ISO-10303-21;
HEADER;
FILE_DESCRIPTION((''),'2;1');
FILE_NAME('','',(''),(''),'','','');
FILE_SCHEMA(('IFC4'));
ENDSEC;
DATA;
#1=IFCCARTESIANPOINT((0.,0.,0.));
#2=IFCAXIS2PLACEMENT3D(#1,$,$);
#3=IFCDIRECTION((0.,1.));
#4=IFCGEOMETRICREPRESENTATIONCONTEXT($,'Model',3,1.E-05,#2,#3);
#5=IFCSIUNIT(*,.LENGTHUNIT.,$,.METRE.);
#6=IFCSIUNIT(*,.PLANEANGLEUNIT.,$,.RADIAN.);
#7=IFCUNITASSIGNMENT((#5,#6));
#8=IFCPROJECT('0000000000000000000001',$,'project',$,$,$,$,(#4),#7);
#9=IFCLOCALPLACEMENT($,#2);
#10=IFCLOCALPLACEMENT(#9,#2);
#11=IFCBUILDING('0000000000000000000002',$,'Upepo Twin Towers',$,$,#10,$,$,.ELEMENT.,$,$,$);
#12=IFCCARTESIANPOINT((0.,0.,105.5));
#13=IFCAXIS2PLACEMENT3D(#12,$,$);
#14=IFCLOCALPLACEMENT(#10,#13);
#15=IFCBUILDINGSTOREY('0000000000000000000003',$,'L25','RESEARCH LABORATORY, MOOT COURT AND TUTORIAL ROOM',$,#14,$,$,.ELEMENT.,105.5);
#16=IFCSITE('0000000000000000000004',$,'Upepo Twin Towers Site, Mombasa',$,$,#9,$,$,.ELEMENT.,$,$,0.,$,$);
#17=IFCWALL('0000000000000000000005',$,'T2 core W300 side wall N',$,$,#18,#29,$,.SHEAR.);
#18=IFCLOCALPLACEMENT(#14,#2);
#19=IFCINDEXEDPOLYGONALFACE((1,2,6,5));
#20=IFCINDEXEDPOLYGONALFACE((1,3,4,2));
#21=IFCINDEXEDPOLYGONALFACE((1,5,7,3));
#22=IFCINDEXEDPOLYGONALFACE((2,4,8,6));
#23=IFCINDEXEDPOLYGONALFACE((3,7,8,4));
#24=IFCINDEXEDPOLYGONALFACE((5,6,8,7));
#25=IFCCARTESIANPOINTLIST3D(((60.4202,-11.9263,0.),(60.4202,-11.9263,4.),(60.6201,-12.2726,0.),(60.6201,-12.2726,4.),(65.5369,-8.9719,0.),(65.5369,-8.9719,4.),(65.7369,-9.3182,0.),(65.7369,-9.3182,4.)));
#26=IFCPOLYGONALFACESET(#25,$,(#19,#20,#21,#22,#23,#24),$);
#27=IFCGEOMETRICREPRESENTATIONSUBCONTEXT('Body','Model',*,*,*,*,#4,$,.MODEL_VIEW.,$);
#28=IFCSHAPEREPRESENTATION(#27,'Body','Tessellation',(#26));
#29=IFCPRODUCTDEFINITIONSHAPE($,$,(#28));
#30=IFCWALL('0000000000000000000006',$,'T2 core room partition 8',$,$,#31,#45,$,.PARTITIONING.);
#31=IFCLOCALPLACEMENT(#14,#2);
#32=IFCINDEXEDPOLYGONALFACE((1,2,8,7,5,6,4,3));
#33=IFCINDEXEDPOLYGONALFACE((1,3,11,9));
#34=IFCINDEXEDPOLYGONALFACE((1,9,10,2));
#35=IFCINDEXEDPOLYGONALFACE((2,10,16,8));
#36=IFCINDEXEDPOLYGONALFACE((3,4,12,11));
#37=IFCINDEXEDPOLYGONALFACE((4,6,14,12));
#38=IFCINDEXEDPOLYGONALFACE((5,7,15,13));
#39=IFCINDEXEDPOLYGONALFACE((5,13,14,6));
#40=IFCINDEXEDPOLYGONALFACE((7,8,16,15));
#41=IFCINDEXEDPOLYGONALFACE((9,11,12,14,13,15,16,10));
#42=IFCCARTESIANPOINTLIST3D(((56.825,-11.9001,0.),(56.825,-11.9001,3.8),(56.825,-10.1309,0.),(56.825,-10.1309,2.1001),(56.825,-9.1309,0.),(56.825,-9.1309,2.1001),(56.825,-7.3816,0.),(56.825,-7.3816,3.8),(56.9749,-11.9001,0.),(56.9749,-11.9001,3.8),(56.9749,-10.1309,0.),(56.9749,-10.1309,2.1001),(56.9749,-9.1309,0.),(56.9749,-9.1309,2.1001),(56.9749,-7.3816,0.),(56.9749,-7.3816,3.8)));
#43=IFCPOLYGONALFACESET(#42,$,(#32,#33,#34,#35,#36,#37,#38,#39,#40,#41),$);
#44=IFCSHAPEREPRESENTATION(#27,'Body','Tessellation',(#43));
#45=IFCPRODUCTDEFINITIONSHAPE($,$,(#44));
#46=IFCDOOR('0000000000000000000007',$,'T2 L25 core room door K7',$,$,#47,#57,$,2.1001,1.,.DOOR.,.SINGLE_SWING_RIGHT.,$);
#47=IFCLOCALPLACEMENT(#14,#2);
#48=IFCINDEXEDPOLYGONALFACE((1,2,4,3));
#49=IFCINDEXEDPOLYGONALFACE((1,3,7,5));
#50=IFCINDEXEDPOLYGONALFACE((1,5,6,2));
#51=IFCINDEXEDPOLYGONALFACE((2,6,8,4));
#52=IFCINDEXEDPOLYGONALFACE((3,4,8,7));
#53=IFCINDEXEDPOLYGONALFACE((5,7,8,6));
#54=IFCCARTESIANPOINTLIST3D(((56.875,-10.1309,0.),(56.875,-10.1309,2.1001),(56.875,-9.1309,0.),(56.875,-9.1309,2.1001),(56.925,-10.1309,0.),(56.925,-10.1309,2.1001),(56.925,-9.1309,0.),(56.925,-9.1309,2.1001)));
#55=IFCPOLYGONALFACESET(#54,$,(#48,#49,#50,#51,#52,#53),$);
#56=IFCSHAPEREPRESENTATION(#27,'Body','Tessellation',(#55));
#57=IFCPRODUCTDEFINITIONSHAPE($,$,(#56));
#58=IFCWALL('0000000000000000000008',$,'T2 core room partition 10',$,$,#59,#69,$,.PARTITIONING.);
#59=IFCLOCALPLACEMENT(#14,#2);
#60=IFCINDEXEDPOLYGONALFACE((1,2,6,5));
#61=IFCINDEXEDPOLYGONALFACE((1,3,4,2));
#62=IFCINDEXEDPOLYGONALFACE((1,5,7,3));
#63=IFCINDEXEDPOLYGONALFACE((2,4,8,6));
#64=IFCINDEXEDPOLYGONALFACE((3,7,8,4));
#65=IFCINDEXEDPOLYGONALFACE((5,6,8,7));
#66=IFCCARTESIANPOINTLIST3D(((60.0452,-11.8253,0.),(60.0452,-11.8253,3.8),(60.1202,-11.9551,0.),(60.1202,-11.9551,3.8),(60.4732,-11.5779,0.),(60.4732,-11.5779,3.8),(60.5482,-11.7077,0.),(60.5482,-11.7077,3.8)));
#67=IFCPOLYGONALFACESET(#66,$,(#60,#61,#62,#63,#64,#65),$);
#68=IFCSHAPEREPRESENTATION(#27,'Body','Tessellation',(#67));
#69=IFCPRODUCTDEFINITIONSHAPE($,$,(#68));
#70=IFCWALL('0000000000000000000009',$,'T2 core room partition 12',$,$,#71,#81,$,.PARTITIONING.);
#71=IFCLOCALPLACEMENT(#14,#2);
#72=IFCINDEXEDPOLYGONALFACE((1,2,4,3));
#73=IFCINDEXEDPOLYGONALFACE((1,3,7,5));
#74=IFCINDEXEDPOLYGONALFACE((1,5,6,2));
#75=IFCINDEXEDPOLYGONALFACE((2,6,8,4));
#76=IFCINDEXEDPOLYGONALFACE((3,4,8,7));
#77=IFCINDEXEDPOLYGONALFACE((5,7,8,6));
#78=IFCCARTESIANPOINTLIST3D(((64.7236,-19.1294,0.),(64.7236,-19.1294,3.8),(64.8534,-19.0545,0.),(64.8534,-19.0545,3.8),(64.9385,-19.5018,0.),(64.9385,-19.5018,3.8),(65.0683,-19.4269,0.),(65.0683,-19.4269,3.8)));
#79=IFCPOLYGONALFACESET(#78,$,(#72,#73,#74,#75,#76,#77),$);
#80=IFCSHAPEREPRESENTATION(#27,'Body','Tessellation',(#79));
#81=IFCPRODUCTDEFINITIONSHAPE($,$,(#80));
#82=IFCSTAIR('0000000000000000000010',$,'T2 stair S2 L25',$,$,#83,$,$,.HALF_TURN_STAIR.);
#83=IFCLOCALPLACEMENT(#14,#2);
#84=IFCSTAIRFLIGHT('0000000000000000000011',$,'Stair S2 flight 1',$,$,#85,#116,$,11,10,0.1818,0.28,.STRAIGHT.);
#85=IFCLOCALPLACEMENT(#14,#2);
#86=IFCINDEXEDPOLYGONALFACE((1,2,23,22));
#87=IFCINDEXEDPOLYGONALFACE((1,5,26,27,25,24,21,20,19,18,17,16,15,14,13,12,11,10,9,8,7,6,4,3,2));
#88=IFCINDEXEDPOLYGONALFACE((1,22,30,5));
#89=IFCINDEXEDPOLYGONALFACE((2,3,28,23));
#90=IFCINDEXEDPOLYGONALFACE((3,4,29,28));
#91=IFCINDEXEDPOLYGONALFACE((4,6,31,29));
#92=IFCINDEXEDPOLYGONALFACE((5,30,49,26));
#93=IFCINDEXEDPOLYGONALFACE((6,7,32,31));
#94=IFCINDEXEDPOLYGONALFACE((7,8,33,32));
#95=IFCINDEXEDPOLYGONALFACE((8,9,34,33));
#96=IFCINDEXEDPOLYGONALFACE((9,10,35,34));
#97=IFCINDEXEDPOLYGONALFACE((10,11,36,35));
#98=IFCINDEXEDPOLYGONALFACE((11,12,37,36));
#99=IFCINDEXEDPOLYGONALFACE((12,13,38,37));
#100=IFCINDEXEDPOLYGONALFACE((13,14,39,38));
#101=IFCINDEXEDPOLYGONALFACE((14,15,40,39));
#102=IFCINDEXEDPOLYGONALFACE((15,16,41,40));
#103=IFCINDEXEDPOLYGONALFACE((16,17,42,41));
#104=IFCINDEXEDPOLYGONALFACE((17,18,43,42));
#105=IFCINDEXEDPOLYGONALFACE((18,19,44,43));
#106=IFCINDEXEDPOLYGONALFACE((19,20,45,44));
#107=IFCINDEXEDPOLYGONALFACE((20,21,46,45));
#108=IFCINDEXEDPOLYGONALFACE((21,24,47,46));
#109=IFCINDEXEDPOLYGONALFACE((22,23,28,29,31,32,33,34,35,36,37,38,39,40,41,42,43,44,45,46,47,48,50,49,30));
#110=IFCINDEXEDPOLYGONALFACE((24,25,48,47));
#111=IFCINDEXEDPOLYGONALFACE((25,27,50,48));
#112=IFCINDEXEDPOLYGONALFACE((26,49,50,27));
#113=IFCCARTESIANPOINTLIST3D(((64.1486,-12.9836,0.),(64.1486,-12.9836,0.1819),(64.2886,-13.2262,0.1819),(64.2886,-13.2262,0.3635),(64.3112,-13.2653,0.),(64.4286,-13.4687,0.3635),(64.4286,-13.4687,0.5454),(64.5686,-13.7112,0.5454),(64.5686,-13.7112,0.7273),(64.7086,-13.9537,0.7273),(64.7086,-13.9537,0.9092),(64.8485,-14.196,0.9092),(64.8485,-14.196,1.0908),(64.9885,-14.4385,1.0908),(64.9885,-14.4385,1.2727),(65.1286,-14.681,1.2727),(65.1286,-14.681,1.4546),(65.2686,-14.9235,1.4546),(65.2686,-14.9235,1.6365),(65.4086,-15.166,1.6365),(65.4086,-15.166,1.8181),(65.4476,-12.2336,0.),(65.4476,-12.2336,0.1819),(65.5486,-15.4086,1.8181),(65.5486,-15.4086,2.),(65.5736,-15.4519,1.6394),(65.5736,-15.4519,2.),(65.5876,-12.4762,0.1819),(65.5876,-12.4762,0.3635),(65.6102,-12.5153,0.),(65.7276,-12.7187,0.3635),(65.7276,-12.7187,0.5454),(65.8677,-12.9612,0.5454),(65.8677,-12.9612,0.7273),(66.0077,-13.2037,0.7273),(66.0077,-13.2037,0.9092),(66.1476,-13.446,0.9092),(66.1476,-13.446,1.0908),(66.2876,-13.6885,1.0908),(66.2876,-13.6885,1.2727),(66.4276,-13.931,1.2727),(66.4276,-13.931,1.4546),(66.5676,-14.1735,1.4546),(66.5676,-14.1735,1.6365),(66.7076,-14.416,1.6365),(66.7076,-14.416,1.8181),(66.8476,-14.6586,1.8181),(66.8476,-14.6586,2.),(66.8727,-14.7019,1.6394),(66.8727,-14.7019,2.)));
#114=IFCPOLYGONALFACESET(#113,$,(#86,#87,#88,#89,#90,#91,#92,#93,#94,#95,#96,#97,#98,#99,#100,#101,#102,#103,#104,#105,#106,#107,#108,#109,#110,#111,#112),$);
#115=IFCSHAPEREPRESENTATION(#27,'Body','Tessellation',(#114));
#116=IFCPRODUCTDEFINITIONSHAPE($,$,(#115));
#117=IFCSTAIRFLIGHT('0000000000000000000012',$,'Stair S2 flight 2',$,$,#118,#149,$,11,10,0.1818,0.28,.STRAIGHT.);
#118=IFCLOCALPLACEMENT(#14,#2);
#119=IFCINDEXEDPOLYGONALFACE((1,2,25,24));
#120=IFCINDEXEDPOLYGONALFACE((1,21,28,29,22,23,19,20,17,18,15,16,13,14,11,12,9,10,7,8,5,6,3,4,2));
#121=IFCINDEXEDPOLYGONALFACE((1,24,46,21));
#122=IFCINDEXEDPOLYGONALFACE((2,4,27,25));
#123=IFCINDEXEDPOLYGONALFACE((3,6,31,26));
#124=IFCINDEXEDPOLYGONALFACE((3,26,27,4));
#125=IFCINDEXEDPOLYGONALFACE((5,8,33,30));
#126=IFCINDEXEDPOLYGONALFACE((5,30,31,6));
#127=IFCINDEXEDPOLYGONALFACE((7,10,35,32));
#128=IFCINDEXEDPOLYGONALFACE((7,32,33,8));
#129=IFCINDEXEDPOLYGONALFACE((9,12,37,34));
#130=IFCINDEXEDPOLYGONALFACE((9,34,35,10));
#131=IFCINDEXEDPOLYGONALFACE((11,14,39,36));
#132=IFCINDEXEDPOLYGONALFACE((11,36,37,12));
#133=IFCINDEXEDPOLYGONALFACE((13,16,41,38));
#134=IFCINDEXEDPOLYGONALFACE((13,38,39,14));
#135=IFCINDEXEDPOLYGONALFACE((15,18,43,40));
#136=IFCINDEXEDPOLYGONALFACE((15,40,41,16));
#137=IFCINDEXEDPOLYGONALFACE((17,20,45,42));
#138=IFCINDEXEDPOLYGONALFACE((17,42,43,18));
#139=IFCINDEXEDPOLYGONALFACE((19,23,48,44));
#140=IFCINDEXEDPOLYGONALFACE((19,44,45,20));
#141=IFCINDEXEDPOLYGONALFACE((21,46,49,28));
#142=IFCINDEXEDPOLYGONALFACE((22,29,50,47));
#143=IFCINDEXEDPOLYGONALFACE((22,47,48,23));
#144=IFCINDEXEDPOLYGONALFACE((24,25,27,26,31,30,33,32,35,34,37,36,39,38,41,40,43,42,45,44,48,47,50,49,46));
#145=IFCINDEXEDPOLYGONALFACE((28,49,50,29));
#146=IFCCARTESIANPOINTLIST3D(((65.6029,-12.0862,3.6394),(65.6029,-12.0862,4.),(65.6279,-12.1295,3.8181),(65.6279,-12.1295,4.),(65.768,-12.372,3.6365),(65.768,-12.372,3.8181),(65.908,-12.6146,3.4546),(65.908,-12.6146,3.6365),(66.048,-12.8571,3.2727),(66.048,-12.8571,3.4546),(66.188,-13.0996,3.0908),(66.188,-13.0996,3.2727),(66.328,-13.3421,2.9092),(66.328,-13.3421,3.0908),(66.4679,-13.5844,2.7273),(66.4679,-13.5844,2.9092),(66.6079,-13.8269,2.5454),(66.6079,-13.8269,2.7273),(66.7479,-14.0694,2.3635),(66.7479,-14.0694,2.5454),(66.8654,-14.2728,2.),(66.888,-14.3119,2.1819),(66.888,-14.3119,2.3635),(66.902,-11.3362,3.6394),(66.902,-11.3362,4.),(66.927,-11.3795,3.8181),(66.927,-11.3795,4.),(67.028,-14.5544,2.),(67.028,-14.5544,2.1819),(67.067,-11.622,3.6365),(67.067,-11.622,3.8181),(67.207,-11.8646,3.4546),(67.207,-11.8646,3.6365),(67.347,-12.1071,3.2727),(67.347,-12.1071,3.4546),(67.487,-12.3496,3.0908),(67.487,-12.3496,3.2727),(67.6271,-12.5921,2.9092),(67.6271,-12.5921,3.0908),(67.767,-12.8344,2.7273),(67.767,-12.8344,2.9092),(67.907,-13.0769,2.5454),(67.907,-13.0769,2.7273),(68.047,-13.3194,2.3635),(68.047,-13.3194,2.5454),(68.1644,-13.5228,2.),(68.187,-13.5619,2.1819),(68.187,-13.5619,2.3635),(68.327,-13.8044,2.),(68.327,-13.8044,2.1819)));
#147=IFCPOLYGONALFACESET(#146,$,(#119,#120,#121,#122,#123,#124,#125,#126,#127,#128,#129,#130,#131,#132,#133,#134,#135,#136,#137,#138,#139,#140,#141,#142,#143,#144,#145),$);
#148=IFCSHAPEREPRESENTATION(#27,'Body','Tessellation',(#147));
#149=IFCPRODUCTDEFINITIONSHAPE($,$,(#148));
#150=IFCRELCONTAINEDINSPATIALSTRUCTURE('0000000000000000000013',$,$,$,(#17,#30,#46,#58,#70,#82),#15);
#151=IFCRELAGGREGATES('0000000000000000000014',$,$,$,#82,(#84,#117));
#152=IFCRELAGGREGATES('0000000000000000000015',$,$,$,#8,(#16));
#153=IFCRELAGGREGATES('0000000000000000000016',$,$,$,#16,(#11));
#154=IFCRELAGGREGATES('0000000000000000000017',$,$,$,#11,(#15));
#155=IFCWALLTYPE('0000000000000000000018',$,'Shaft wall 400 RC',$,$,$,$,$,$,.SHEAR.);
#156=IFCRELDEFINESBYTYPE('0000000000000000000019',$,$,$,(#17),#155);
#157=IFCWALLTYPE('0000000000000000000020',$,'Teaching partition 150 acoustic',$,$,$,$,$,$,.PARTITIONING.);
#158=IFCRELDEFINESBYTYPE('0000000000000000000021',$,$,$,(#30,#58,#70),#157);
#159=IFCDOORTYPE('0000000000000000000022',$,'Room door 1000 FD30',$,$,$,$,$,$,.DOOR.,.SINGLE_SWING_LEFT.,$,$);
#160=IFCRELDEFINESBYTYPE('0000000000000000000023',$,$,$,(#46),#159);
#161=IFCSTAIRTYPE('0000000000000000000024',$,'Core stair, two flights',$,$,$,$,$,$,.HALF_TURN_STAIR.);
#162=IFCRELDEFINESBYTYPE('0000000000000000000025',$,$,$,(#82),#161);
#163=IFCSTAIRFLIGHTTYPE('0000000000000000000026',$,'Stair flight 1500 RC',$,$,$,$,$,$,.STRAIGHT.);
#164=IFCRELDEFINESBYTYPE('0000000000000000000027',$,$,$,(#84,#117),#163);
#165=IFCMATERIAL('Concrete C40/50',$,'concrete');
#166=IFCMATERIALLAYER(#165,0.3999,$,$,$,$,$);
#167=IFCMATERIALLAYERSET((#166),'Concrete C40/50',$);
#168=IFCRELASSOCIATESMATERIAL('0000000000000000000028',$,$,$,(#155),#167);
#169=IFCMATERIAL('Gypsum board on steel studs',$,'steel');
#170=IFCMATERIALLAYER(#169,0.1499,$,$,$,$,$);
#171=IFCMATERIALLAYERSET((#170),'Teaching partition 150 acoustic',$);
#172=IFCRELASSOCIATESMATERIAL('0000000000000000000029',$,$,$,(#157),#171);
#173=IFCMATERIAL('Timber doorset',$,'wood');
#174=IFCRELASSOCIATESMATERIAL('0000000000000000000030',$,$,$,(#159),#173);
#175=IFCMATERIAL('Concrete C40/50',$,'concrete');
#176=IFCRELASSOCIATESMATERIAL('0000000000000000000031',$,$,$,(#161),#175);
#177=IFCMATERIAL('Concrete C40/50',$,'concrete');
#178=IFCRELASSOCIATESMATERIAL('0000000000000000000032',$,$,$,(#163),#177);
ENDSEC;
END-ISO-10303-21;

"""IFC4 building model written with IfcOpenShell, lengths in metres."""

from ifc_helpers import new_model, si_unit, direction, frame, frame_2d, origin, place, context, subcontext, project, spatial, polyline, rectangle, outline, extrude, material, layer, layer_set, type_object, element, fill, aggregate, save


model = new_model("IFC4")

# Units and contexts
model_context = context("Model", 3, precision=1e-05, world=origin(), true_north=direction((0.0, 1.0)))
body_context = subcontext(model_context, "Body", "Model", "MODEL_VIEW")
ifc_project = project(units=[si_unit("LENGTHUNIT", "METRE"), si_unit("PLANEANGLEUNIT", "RADIAN")], contexts=[model_context])

# Site, building, storey
site_placement = place(None, origin())
site = spatial("IfcSite", under=ifc_project, at=site_placement, Name="Upepo Twin Towers Site, Mombasa", CompositionType="ELEMENT", RefElevation=0.0)
building_placement = place(site_placement, origin())
building = spatial("IfcBuilding", under=site, at=building_placement, Name="Upepo Twin Towers", CompositionType="ELEMENT")
storey_placement = place(building_placement, frame((0.0, 0.0, 105.5)))
storey = spatial("IfcBuildingStorey", under=building, at=storey_placement, Name="L25", Description="RESEARCH LABORATORY, MOOT COURT AND TUTORIAL ROOM", CompositionType="ELEMENT", Elevation=105.5)

# Wall
ifc_material_1 = material(Name="Concrete C40/50", Category="concrete")
ifc_layer_1 = layer(ifc_material_1, 0.3999)
ifc_layer_set_1 = layer_set([ifc_layer_1], Name="Concrete C40/50")
wall_type_1 = type_object("IfcWallType", Name="Shaft wall 400 RC", PredefinedType="SHEAR", material=ifc_layer_set_1)
wall_1_placement = place(storey_placement, frame((60.5203, -12.0994, 0.0), z_axis=(0.0, 0.0, 1.0), x_axis=(0.866009, 0.500028, 0.0)))
element("IfcWall", 1, at=wall_1_placement, inside=storey, type_object=wall_type_1, Name="T2 core W300 side wall N", PredefinedType="SHEAR", context=body_context, shape_type="SweptSolid", body=[
    extrude(rectangle(XDim=5.9084, YDim=0.3999, at=frame_2d((2.9541, 0.0))), origin(), (0.0, 0.0, 1.0), 4.0),
])

# Wall, opening, door
ifc_material_2 = material(Name="Gypsum board on steel studs", Category="steel")
ifc_layer_2 = layer(ifc_material_2, 0.1499)
ifc_layer_set_2 = layer_set([ifc_layer_2], Name="Teaching partition 150 acoustic")
wall_type_2 = type_object("IfcWallType", Name="Teaching partition 150 acoustic", PredefinedType="PARTITIONING", material=ifc_layer_set_2)
wall_2_placement = place(storey_placement, frame((56.8999, -11.9001, 0.0), z_axis=(0.0, 0.0, 1.0), x_axis=(0.0, 1.0, 0.0)))
wall_2 = element("IfcWall", 2, at=wall_2_placement, inside=storey, type_object=wall_type_2, Name="T2 core room partition 8", PredefinedType="PARTITIONING", context=body_context, shape_type="SweptSolid", body=[
    extrude(rectangle(XDim=4.5186, YDim=0.1499, at=frame_2d((2.2593, 0.0))), origin(), (0.0, 0.0, 1.0), 3.8),
])
opening_1_placement = place(wall_2_placement, frame((1.7693, 0.0, 0.0)))
opening_1 = element("IfcOpeningElement", 3, at=opening_1_placement, cuts=wall_2, PredefinedType="OPENING", context=body_context, shape_type="SweptSolid", body=[
    extrude(rectangle(XDim=1.0, YDim=2.1001, at=frame_2d((0.5, 1.05))), frame((0.0, 0.085, 0.0), z_axis=(0.0, -1.0, 0.0), x_axis=(1.0, 0.0, 0.0)), (0.0, 0.0, 1.0), 0.1699),
])
ifc_material_3 = material(Name="Timber doorset", Category="wood")
door_type_1 = type_object("IfcDoorType", Name="Room door 1000 FD30", OperationType="SINGLE_SWING_LEFT", PredefinedType="DOOR", material=ifc_material_3)
door_1_placement = place(opening_1_placement, origin())
door_1 = element("IfcDoor", 4, at=door_1_placement, inside=storey, type_object=door_type_1, Name="T2 L25 core room door K7", OperationType="SINGLE_SWING_RIGHT", OverallHeight=2.1001, OverallWidth=1.0, PredefinedType="DOOR", context=body_context, shape_type="SweptSolid", body=[
    extrude(rectangle(XDim=1.0, YDim=2.1001, at=frame_2d((0.5, 1.05))), frame((0.0, 0.0249, 0.0), z_axis=(0.0, -1.0, 0.0), x_axis=(1.0, 0.0, 0.0)), (0.0, 0.0, 1.0), 0.05),
])
fill(opening_1, door_1)

# Walls
wall_3_placement = place(storey_placement, frame((60.0828, -11.8901, 0.0), z_axis=(0.0, 0.0, 1.0), x_axis=(0.865832, 0.500335, 0.0)))
element("IfcWall", 5, at=wall_3_placement, inside=storey, type_object=wall_type_2, Name="T2 core room partition 10", PredefinedType="PARTITIONING", context=body_context, shape_type="SweptSolid", body=[
    extrude(rectangle(XDim=0.4944, YDim=0.1499, at=frame_2d((0.2471, 0.0))), origin(), (0.0, 0.0, 1.0), 3.8),
])
wall_4_placement = place(storey_placement, frame((64.7886, -19.092, 0.0), z_axis=(0.0, 0.0, 1.0), x_axis=(0.499804, -0.866138, 0.0)))
element("IfcWall", 6, at=wall_4_placement, inside=storey, type_object=wall_type_2, Name="T2 core room partition 12", PredefinedType="PARTITIONING", context=body_context, shape_type="SweptSolid", body=[
    extrude(rectangle(XDim=0.4299, YDim=0.1499, at=frame_2d((0.2148, 0.0))), origin(), (0.0, 0.0, 1.0), 3.8),
])

# Stair, stair flights
ifc_material_4 = material(Name="Concrete C40/50", Category="concrete")
stair_type = type_object("IfcStairType", Name="Core stair, two flights", PredefinedType="HALF_TURN_STAIR", material=ifc_material_4)
stair_placement = place(storey_placement, origin())
stair = element("IfcStair", 7, at=stair_placement, inside=storey, type_object=stair_type, Name="T2 stair S2 L25", PredefinedType="HALF_TURN_STAIR")
ifc_material_5 = material(Name="Concrete C40/50", Category="concrete")
stair_flight_type = type_object("IfcStairFlightType", Name="Stair flight 1500 RC", PredefinedType="STRAIGHT", material=ifc_material_5)
stair_flight_1_placement = place(storey_placement, frame((64.7981, -12.6086, 0.0), z_axis=(0.0, 0.0, 1.0), x_axis=(0.5, -0.866025, 0.0)))
stair_flight_1 = element("IfcStairFlight", 8, at=stair_flight_1_placement, type_object=stair_flight_type, Name="Stair S2 flight 1", NumberOfRisers=11, NumberOfTreads=10, PredefinedType="STRAIGHT", RiserHeight=0.1818, TreadLength=0.28, context=body_context, shape_type="SweptSolid", body=[
    extrude(outline(polyline([(0.0, 0.0), (0.0, 0.1819), (0.28, 0.1819), (0.28, 0.3635), (0.5601, 0.3635), (0.5601, 0.5454), (0.8401, 0.5454), (0.8401, 0.7273), (1.1201, 0.7273), (1.1201, 0.9092), (1.3999, 0.9092), (1.3999, 1.0908), (1.6799, 1.0908), (1.6799, 1.2727), (1.96, 1.2727), (1.96, 1.4546), (2.24, 1.4546), (2.24, 1.6365), (2.52, 1.6365), (2.52, 1.8181), (2.8, 1.8181), (2.8, 2.0), (2.8501, 2.0), (2.8501, 1.6394), (0.3252, 0.0), (0.0, 0.0)])), frame((0.0, 0.75, 0.0), z_axis=(0.0, -1.0, 0.0), x_axis=(1.0, 0.0, 0.0)), (0.0, 0.0, 1.0), 1.5),
])
stair_flight_2_placement = place(storey_placement, frame((67.6775, -14.1794, 2.0), z_axis=(0.0, 0.0, 1.0), x_axis=(-0.5, 0.866025, 0.0)))
stair_flight_2 = element("IfcStairFlight", 9, at=stair_flight_2_placement, type_object=stair_flight_type, Name="Stair S2 flight 2", NumberOfRisers=11, NumberOfTreads=10, PredefinedType="STRAIGHT", RiserHeight=0.1818, TreadLength=0.28, context=body_context, shape_type="SweptSolid", body=[
    extrude(outline(polyline([(0.0, 0.0), (0.0, 0.1819), (0.28, 0.1819), (0.28, 0.3635), (0.5601, 0.3635), (0.5601, 0.5454), (0.8401, 0.5454), (0.8401, 0.7273), (1.1201, 0.7273), (1.1201, 0.9092), (1.3999, 0.9092), (1.3999, 1.0908), (1.6799, 1.0908), (1.6799, 1.2727), (1.96, 1.2727), (1.96, 1.4546), (2.24, 1.4546), (2.24, 1.6365), (2.52, 1.6365), (2.52, 1.8181), (2.8, 1.8181), (2.8, 2.0), (2.8501, 2.0), (2.8501, 1.6394), (0.3252, 0.0), (0.0, 0.0)])), frame((0.0, 0.75, 0.0), z_axis=(0.0, -1.0, 0.0), x_axis=(1.0, 0.0, 0.0)), (0.0, 0.0, 1.0), 1.5),
])
aggregate(stair, [stair_flight_1, stair_flight_2])

save(model, "model.ifc")
